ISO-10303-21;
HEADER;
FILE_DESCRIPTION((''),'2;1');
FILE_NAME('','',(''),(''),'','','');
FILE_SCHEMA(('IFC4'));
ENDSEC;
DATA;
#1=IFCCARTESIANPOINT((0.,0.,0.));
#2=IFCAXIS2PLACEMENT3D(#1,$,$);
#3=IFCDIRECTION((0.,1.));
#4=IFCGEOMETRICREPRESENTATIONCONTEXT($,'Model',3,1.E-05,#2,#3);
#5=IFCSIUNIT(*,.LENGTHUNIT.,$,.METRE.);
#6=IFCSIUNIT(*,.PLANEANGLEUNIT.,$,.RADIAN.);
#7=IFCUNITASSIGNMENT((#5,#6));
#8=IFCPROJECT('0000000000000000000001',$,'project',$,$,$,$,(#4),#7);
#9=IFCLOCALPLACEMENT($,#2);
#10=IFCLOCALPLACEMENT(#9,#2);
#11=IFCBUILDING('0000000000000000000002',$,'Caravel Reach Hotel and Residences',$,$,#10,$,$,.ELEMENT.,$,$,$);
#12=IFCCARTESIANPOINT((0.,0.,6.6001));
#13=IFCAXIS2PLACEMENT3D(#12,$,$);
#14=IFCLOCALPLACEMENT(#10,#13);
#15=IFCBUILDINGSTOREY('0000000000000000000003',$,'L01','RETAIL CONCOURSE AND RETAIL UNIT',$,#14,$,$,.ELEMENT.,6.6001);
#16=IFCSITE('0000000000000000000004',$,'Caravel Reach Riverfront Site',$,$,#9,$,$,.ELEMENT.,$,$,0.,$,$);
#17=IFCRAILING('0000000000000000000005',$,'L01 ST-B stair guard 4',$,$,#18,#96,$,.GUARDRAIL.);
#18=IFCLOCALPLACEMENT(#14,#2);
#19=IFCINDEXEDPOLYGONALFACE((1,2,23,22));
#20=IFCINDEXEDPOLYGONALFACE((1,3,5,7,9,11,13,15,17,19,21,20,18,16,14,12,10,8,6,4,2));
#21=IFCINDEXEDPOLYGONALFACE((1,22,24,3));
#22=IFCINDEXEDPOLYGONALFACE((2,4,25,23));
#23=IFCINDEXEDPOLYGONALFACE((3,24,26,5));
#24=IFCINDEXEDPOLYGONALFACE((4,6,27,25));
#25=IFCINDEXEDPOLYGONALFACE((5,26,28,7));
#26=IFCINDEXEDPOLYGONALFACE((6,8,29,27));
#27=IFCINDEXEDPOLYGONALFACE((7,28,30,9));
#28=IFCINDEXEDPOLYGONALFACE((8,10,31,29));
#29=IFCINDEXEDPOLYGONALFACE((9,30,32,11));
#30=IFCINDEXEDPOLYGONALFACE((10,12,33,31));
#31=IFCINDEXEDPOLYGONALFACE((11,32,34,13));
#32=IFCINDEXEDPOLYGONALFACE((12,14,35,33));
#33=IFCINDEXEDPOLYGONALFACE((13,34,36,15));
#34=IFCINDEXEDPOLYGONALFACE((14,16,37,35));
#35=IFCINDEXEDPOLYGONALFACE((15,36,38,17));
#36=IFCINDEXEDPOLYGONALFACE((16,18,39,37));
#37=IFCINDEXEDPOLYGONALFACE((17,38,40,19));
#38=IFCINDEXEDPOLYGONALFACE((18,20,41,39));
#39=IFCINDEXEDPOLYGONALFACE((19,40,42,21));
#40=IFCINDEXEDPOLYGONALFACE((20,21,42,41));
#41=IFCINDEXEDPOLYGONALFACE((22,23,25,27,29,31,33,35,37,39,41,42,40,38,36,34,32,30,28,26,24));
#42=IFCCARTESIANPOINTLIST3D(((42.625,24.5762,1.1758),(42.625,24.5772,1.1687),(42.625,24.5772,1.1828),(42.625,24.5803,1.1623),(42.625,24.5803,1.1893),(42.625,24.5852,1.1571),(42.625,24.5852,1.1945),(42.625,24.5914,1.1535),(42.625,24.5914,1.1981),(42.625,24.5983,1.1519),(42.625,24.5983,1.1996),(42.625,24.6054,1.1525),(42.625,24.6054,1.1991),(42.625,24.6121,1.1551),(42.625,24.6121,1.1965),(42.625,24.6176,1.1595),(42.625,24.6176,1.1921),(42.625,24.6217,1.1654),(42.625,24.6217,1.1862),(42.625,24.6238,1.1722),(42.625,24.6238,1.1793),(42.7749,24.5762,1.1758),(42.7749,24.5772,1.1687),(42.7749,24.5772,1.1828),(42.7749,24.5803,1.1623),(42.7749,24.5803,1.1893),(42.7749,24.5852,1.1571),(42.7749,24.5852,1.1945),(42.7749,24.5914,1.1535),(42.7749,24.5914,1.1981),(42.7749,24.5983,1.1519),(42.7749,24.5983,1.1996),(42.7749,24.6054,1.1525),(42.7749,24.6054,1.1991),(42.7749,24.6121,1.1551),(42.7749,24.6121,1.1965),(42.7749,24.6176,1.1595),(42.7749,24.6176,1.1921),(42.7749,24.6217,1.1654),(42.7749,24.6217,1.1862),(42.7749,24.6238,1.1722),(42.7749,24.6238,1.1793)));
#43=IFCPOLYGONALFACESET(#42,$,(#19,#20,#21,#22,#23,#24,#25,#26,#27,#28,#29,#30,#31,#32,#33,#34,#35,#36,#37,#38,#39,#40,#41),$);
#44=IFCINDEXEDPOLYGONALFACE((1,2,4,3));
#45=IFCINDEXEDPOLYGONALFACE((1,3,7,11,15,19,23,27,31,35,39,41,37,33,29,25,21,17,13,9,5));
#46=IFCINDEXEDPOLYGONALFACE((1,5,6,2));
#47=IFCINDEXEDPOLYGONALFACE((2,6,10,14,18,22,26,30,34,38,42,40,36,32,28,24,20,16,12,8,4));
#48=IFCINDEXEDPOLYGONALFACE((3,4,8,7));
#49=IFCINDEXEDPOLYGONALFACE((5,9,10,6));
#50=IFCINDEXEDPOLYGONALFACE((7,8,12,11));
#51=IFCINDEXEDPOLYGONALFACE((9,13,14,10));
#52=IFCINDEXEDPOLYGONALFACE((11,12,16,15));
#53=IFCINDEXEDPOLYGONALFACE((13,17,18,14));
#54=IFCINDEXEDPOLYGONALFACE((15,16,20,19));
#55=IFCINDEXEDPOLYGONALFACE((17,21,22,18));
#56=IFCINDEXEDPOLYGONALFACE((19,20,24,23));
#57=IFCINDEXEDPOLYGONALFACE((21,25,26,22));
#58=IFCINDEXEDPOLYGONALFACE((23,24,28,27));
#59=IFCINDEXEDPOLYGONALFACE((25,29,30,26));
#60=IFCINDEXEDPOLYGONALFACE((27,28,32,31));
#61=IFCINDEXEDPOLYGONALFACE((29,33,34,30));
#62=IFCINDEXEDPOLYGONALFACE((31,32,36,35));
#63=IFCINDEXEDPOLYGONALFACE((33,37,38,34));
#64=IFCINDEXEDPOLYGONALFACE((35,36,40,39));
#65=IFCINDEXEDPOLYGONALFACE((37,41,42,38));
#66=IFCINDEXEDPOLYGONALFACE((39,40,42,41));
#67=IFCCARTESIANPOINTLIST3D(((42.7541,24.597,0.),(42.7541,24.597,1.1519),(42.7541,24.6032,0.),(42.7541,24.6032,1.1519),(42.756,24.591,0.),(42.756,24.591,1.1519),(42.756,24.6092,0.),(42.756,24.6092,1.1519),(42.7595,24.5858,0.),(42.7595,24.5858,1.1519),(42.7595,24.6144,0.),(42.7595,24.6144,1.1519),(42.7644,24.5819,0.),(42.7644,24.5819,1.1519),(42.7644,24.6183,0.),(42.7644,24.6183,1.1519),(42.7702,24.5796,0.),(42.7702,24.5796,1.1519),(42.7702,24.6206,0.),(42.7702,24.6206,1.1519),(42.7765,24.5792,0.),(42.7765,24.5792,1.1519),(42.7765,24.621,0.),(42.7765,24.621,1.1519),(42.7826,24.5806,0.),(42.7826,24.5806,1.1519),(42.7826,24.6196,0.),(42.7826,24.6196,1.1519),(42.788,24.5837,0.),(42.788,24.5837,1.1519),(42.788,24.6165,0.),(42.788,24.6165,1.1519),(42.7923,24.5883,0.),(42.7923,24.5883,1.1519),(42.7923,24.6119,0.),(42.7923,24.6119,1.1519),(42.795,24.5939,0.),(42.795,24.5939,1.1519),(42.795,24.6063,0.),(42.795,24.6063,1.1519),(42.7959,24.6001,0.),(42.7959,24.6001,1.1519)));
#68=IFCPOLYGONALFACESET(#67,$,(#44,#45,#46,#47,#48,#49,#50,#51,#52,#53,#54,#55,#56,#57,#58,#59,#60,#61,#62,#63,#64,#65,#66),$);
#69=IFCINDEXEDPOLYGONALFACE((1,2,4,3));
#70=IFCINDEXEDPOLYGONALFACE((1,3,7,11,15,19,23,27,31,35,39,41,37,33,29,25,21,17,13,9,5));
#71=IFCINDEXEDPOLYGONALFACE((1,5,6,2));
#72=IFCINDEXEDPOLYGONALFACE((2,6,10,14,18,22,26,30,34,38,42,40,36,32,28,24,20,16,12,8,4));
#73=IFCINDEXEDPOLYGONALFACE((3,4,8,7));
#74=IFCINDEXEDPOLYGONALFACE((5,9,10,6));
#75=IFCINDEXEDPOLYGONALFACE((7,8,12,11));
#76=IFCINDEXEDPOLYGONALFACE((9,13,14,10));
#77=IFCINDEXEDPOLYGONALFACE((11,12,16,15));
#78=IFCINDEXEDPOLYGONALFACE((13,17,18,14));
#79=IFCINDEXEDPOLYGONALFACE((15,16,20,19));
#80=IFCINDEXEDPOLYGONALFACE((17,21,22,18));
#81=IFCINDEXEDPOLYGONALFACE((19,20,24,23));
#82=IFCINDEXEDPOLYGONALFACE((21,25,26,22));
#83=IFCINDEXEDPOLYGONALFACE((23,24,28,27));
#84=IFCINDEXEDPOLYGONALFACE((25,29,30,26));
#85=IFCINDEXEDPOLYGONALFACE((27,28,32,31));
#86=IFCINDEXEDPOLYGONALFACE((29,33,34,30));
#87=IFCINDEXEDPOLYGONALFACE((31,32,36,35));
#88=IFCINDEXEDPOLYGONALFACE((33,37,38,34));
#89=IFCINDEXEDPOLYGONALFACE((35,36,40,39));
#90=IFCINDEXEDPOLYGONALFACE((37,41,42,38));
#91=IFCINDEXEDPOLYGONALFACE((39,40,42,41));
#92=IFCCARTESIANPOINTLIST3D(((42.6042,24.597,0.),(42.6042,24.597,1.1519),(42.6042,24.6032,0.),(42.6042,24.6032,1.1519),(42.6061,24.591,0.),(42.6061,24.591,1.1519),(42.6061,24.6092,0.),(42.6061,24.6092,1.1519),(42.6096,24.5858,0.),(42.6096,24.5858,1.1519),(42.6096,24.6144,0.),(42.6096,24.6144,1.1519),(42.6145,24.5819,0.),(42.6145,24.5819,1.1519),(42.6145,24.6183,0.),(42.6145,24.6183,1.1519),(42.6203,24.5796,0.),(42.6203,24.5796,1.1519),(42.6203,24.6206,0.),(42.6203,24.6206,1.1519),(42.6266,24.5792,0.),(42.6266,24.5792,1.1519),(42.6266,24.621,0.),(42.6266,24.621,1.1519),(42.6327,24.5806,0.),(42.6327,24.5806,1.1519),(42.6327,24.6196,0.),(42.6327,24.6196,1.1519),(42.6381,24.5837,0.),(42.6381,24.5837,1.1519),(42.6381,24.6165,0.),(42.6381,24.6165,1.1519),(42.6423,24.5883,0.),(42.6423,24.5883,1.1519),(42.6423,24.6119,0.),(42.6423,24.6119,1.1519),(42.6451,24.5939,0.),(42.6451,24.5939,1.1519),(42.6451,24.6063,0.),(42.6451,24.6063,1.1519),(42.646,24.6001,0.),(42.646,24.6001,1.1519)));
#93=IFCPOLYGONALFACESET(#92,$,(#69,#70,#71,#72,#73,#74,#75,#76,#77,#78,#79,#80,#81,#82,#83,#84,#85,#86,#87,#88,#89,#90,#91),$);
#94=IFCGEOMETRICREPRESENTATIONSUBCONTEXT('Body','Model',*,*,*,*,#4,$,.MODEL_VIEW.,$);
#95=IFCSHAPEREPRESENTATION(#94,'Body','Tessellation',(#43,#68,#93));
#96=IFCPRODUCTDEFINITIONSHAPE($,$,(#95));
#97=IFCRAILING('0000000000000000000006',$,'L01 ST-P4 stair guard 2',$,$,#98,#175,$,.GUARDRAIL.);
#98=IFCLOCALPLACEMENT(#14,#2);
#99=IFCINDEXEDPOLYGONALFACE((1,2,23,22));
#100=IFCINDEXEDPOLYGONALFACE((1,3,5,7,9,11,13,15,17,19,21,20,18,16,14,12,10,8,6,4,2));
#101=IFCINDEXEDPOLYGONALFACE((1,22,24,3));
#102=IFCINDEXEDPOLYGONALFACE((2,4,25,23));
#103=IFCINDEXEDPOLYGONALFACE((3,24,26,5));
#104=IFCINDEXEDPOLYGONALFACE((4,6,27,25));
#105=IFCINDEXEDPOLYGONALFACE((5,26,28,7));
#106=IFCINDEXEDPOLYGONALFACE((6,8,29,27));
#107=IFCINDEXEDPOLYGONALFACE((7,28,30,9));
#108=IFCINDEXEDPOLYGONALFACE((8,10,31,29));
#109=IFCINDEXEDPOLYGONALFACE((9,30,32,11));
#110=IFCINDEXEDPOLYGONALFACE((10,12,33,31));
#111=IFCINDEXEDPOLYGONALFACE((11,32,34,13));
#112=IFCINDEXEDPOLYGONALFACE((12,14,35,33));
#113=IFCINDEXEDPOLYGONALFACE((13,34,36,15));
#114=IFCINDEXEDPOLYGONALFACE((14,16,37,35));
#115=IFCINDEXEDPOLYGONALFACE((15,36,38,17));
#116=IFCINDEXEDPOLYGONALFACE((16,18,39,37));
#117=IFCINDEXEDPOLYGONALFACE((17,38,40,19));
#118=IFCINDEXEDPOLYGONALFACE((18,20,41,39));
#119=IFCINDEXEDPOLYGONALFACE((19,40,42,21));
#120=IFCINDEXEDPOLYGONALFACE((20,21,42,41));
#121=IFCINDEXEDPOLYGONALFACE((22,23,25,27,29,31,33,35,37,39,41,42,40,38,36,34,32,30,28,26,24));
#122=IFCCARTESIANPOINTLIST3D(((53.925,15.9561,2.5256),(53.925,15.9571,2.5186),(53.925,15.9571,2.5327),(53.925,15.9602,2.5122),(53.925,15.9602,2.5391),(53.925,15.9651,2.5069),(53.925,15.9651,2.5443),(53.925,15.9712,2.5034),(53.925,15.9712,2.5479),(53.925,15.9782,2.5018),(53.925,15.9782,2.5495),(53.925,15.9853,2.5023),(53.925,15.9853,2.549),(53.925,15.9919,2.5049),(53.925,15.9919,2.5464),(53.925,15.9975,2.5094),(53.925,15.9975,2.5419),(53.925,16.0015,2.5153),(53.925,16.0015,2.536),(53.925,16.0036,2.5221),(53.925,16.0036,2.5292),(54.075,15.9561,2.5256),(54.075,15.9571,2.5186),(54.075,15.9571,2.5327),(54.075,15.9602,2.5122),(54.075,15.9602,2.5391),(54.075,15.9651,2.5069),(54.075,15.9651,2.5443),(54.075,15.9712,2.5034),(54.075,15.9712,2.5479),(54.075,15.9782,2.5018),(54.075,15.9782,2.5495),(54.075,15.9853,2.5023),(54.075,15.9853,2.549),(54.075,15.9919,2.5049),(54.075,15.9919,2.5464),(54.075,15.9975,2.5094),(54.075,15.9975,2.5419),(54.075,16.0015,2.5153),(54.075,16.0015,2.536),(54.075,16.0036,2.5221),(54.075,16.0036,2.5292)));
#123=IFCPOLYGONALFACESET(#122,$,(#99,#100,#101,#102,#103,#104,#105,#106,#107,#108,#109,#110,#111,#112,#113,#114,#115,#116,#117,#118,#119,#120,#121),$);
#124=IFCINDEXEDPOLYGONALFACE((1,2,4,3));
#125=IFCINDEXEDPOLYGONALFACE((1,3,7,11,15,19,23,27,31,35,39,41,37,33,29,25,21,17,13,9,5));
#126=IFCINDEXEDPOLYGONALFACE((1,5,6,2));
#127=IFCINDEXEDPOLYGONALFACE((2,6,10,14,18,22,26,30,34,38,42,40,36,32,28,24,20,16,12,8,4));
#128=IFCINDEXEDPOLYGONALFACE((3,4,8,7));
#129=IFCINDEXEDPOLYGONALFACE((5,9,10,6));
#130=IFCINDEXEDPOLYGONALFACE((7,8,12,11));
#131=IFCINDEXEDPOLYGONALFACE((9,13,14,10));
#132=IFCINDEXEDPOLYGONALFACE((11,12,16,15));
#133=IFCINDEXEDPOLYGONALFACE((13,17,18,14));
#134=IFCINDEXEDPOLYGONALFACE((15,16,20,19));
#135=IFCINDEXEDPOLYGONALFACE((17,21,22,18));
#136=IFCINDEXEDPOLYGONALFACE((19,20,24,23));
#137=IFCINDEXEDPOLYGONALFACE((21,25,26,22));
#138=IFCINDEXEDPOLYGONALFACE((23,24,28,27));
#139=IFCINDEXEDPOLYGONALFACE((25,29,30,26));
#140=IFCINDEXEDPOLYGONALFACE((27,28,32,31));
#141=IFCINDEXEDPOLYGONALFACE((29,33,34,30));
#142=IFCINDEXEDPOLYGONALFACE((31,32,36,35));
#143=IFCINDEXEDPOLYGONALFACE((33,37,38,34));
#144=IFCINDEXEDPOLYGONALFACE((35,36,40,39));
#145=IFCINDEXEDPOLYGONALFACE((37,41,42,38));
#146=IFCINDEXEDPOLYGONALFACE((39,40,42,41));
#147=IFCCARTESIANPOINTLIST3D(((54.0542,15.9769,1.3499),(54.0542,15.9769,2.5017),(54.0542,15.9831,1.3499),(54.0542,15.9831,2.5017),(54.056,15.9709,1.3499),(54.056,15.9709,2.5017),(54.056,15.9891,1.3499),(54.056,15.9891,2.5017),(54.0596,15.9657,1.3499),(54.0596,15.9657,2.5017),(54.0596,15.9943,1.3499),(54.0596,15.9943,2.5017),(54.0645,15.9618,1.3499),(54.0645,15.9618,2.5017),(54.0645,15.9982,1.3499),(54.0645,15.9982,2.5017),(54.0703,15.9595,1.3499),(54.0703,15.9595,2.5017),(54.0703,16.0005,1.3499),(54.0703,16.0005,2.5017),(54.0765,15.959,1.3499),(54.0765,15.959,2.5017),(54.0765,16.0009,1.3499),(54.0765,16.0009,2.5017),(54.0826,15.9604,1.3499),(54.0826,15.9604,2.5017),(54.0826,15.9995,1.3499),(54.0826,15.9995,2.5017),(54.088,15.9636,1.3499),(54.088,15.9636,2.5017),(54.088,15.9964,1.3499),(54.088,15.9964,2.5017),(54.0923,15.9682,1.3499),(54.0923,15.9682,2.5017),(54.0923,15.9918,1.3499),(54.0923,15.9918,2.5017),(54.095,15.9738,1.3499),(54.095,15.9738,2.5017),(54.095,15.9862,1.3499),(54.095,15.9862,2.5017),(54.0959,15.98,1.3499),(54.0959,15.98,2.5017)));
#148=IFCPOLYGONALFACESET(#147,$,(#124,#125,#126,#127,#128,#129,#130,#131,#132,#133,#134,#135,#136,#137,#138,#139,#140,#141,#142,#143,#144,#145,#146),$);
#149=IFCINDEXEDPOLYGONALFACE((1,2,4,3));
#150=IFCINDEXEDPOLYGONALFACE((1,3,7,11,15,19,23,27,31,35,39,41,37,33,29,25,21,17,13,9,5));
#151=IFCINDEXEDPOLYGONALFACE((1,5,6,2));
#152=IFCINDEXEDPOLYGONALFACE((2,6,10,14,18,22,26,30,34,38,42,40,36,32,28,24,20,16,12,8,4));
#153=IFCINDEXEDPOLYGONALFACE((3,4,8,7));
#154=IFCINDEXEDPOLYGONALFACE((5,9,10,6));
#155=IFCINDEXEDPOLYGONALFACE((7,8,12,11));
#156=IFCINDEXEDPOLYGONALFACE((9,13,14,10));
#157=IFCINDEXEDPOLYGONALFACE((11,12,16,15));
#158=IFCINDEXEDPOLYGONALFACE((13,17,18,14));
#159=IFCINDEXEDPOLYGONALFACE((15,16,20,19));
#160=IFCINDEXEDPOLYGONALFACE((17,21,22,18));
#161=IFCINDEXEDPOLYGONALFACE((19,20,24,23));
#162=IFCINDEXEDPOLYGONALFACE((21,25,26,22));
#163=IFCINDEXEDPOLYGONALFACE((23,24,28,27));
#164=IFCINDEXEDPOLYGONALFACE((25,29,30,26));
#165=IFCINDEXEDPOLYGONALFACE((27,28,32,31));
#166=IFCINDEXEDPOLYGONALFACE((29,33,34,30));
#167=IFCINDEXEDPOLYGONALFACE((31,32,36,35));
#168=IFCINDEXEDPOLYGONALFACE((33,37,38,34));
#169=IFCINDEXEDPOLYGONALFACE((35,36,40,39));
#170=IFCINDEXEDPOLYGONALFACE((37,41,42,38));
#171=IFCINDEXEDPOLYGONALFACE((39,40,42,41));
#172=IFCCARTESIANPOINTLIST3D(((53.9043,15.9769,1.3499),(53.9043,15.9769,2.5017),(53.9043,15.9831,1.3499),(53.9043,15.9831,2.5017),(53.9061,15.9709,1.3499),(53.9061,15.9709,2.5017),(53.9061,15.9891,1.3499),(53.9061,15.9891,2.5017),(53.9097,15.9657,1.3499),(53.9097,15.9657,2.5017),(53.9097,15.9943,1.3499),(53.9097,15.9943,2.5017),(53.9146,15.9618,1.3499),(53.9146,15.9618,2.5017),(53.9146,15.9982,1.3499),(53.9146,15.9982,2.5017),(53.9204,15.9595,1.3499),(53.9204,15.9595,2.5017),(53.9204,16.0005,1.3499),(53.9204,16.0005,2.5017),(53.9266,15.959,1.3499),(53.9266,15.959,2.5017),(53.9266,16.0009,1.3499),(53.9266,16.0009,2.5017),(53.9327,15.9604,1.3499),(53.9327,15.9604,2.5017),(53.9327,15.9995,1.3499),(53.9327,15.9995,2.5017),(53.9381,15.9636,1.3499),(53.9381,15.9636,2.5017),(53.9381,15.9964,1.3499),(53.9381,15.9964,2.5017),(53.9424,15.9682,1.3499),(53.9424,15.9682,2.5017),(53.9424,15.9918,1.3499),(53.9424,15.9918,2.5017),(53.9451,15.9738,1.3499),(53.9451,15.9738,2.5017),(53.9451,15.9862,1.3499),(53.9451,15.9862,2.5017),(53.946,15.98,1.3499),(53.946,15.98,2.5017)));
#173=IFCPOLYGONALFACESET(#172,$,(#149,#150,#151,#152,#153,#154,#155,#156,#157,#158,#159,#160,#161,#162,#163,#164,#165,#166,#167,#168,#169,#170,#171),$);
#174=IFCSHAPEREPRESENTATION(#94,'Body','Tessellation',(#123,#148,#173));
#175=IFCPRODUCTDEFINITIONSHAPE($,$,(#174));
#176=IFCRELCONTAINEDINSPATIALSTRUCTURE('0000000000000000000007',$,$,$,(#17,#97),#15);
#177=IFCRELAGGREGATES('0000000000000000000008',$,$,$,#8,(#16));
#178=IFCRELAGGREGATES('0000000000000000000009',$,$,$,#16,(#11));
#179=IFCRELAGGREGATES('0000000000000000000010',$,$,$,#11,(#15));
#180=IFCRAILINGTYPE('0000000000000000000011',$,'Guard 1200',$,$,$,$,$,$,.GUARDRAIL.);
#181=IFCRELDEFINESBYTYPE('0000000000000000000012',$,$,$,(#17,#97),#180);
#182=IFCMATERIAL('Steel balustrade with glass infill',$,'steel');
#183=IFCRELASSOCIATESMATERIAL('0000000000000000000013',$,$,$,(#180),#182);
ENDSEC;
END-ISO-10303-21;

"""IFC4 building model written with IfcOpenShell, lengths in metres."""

from ifc_helpers import new_model, si_unit, direction, frame, origin, origin_2d, place, context, subcontext, project, spatial, circle, extrude, material, type_object, element, save


model = new_model("IFC4")

# Units and contexts
model_context = context("Model", 3, precision=1e-05, world=origin(), true_north=direction((0.0, 1.0)))
body_context = subcontext(model_context, "Body", "Model", "MODEL_VIEW")
ifc_project = project(units=[si_unit("LENGTHUNIT", "METRE"), si_unit("PLANEANGLEUNIT", "RADIAN")], contexts=[model_context])

# Site, building, storey
site_placement = place(None, origin())
site = spatial("IfcSite", under=ifc_project, at=site_placement, Name="Caravel Reach Riverfront Site", CompositionType="ELEMENT", RefElevation=0.0)
building_placement = place(site_placement, origin())
building = spatial("IfcBuilding", under=site, at=building_placement, Name="Caravel Reach Hotel and Residences", CompositionType="ELEMENT")
storey_placement = place(building_placement, frame((0.0, 0.0, 6.6001)))
storey = spatial("IfcBuildingStorey", under=building, at=storey_placement, Name="L01", Description="RETAIL CONCOURSE AND RETAIL UNIT", CompositionType="ELEMENT", Elevation=6.6001)

# Railings
ifc_material_1 = material(Name="Steel balustrade with glass infill", Category="steel")
railing_type_1 = type_object("IfcRailingType", Name="Guard 1200", PredefinedType="GUARDRAIL", material=ifc_material_1)
for number, where, name in (
    (1, (42.7749, 24.6001, 0.0), "L01 ST-B stair guard 4"),
    (2, (54.075, 15.98, 1.3499), "L01 ST-P4 stair guard 2"),
):
    element("IfcRailing", number, at=place(storey_placement, frame(where)), inside=storey, type_object=railing_type_1, Name=name, PredefinedType="GUARDRAIL", context=body_context, shape_type="SweptSolid", body=[
        extrude(circle(Radius=0.0239, at=origin_2d()), frame((0.0, 0.0, 1.1758), z_axis=(-1.0, 0.0, 0.0), x_axis=(0.0, -1.0, 0.0)), (0.0, 0.0, 1.0), 0.1499),
        extrude(circle(Radius=0.021, at=origin_2d()), origin(), (0.0, 0.0, 1.0), 1.1519),
        extrude(circle(Radius=0.021, at=origin_2d()), frame((-0.1499, 0.0, 0.0)), (0.0, 0.0, 1.0), 1.1519),
    ])

save(model, "model.ifc")
